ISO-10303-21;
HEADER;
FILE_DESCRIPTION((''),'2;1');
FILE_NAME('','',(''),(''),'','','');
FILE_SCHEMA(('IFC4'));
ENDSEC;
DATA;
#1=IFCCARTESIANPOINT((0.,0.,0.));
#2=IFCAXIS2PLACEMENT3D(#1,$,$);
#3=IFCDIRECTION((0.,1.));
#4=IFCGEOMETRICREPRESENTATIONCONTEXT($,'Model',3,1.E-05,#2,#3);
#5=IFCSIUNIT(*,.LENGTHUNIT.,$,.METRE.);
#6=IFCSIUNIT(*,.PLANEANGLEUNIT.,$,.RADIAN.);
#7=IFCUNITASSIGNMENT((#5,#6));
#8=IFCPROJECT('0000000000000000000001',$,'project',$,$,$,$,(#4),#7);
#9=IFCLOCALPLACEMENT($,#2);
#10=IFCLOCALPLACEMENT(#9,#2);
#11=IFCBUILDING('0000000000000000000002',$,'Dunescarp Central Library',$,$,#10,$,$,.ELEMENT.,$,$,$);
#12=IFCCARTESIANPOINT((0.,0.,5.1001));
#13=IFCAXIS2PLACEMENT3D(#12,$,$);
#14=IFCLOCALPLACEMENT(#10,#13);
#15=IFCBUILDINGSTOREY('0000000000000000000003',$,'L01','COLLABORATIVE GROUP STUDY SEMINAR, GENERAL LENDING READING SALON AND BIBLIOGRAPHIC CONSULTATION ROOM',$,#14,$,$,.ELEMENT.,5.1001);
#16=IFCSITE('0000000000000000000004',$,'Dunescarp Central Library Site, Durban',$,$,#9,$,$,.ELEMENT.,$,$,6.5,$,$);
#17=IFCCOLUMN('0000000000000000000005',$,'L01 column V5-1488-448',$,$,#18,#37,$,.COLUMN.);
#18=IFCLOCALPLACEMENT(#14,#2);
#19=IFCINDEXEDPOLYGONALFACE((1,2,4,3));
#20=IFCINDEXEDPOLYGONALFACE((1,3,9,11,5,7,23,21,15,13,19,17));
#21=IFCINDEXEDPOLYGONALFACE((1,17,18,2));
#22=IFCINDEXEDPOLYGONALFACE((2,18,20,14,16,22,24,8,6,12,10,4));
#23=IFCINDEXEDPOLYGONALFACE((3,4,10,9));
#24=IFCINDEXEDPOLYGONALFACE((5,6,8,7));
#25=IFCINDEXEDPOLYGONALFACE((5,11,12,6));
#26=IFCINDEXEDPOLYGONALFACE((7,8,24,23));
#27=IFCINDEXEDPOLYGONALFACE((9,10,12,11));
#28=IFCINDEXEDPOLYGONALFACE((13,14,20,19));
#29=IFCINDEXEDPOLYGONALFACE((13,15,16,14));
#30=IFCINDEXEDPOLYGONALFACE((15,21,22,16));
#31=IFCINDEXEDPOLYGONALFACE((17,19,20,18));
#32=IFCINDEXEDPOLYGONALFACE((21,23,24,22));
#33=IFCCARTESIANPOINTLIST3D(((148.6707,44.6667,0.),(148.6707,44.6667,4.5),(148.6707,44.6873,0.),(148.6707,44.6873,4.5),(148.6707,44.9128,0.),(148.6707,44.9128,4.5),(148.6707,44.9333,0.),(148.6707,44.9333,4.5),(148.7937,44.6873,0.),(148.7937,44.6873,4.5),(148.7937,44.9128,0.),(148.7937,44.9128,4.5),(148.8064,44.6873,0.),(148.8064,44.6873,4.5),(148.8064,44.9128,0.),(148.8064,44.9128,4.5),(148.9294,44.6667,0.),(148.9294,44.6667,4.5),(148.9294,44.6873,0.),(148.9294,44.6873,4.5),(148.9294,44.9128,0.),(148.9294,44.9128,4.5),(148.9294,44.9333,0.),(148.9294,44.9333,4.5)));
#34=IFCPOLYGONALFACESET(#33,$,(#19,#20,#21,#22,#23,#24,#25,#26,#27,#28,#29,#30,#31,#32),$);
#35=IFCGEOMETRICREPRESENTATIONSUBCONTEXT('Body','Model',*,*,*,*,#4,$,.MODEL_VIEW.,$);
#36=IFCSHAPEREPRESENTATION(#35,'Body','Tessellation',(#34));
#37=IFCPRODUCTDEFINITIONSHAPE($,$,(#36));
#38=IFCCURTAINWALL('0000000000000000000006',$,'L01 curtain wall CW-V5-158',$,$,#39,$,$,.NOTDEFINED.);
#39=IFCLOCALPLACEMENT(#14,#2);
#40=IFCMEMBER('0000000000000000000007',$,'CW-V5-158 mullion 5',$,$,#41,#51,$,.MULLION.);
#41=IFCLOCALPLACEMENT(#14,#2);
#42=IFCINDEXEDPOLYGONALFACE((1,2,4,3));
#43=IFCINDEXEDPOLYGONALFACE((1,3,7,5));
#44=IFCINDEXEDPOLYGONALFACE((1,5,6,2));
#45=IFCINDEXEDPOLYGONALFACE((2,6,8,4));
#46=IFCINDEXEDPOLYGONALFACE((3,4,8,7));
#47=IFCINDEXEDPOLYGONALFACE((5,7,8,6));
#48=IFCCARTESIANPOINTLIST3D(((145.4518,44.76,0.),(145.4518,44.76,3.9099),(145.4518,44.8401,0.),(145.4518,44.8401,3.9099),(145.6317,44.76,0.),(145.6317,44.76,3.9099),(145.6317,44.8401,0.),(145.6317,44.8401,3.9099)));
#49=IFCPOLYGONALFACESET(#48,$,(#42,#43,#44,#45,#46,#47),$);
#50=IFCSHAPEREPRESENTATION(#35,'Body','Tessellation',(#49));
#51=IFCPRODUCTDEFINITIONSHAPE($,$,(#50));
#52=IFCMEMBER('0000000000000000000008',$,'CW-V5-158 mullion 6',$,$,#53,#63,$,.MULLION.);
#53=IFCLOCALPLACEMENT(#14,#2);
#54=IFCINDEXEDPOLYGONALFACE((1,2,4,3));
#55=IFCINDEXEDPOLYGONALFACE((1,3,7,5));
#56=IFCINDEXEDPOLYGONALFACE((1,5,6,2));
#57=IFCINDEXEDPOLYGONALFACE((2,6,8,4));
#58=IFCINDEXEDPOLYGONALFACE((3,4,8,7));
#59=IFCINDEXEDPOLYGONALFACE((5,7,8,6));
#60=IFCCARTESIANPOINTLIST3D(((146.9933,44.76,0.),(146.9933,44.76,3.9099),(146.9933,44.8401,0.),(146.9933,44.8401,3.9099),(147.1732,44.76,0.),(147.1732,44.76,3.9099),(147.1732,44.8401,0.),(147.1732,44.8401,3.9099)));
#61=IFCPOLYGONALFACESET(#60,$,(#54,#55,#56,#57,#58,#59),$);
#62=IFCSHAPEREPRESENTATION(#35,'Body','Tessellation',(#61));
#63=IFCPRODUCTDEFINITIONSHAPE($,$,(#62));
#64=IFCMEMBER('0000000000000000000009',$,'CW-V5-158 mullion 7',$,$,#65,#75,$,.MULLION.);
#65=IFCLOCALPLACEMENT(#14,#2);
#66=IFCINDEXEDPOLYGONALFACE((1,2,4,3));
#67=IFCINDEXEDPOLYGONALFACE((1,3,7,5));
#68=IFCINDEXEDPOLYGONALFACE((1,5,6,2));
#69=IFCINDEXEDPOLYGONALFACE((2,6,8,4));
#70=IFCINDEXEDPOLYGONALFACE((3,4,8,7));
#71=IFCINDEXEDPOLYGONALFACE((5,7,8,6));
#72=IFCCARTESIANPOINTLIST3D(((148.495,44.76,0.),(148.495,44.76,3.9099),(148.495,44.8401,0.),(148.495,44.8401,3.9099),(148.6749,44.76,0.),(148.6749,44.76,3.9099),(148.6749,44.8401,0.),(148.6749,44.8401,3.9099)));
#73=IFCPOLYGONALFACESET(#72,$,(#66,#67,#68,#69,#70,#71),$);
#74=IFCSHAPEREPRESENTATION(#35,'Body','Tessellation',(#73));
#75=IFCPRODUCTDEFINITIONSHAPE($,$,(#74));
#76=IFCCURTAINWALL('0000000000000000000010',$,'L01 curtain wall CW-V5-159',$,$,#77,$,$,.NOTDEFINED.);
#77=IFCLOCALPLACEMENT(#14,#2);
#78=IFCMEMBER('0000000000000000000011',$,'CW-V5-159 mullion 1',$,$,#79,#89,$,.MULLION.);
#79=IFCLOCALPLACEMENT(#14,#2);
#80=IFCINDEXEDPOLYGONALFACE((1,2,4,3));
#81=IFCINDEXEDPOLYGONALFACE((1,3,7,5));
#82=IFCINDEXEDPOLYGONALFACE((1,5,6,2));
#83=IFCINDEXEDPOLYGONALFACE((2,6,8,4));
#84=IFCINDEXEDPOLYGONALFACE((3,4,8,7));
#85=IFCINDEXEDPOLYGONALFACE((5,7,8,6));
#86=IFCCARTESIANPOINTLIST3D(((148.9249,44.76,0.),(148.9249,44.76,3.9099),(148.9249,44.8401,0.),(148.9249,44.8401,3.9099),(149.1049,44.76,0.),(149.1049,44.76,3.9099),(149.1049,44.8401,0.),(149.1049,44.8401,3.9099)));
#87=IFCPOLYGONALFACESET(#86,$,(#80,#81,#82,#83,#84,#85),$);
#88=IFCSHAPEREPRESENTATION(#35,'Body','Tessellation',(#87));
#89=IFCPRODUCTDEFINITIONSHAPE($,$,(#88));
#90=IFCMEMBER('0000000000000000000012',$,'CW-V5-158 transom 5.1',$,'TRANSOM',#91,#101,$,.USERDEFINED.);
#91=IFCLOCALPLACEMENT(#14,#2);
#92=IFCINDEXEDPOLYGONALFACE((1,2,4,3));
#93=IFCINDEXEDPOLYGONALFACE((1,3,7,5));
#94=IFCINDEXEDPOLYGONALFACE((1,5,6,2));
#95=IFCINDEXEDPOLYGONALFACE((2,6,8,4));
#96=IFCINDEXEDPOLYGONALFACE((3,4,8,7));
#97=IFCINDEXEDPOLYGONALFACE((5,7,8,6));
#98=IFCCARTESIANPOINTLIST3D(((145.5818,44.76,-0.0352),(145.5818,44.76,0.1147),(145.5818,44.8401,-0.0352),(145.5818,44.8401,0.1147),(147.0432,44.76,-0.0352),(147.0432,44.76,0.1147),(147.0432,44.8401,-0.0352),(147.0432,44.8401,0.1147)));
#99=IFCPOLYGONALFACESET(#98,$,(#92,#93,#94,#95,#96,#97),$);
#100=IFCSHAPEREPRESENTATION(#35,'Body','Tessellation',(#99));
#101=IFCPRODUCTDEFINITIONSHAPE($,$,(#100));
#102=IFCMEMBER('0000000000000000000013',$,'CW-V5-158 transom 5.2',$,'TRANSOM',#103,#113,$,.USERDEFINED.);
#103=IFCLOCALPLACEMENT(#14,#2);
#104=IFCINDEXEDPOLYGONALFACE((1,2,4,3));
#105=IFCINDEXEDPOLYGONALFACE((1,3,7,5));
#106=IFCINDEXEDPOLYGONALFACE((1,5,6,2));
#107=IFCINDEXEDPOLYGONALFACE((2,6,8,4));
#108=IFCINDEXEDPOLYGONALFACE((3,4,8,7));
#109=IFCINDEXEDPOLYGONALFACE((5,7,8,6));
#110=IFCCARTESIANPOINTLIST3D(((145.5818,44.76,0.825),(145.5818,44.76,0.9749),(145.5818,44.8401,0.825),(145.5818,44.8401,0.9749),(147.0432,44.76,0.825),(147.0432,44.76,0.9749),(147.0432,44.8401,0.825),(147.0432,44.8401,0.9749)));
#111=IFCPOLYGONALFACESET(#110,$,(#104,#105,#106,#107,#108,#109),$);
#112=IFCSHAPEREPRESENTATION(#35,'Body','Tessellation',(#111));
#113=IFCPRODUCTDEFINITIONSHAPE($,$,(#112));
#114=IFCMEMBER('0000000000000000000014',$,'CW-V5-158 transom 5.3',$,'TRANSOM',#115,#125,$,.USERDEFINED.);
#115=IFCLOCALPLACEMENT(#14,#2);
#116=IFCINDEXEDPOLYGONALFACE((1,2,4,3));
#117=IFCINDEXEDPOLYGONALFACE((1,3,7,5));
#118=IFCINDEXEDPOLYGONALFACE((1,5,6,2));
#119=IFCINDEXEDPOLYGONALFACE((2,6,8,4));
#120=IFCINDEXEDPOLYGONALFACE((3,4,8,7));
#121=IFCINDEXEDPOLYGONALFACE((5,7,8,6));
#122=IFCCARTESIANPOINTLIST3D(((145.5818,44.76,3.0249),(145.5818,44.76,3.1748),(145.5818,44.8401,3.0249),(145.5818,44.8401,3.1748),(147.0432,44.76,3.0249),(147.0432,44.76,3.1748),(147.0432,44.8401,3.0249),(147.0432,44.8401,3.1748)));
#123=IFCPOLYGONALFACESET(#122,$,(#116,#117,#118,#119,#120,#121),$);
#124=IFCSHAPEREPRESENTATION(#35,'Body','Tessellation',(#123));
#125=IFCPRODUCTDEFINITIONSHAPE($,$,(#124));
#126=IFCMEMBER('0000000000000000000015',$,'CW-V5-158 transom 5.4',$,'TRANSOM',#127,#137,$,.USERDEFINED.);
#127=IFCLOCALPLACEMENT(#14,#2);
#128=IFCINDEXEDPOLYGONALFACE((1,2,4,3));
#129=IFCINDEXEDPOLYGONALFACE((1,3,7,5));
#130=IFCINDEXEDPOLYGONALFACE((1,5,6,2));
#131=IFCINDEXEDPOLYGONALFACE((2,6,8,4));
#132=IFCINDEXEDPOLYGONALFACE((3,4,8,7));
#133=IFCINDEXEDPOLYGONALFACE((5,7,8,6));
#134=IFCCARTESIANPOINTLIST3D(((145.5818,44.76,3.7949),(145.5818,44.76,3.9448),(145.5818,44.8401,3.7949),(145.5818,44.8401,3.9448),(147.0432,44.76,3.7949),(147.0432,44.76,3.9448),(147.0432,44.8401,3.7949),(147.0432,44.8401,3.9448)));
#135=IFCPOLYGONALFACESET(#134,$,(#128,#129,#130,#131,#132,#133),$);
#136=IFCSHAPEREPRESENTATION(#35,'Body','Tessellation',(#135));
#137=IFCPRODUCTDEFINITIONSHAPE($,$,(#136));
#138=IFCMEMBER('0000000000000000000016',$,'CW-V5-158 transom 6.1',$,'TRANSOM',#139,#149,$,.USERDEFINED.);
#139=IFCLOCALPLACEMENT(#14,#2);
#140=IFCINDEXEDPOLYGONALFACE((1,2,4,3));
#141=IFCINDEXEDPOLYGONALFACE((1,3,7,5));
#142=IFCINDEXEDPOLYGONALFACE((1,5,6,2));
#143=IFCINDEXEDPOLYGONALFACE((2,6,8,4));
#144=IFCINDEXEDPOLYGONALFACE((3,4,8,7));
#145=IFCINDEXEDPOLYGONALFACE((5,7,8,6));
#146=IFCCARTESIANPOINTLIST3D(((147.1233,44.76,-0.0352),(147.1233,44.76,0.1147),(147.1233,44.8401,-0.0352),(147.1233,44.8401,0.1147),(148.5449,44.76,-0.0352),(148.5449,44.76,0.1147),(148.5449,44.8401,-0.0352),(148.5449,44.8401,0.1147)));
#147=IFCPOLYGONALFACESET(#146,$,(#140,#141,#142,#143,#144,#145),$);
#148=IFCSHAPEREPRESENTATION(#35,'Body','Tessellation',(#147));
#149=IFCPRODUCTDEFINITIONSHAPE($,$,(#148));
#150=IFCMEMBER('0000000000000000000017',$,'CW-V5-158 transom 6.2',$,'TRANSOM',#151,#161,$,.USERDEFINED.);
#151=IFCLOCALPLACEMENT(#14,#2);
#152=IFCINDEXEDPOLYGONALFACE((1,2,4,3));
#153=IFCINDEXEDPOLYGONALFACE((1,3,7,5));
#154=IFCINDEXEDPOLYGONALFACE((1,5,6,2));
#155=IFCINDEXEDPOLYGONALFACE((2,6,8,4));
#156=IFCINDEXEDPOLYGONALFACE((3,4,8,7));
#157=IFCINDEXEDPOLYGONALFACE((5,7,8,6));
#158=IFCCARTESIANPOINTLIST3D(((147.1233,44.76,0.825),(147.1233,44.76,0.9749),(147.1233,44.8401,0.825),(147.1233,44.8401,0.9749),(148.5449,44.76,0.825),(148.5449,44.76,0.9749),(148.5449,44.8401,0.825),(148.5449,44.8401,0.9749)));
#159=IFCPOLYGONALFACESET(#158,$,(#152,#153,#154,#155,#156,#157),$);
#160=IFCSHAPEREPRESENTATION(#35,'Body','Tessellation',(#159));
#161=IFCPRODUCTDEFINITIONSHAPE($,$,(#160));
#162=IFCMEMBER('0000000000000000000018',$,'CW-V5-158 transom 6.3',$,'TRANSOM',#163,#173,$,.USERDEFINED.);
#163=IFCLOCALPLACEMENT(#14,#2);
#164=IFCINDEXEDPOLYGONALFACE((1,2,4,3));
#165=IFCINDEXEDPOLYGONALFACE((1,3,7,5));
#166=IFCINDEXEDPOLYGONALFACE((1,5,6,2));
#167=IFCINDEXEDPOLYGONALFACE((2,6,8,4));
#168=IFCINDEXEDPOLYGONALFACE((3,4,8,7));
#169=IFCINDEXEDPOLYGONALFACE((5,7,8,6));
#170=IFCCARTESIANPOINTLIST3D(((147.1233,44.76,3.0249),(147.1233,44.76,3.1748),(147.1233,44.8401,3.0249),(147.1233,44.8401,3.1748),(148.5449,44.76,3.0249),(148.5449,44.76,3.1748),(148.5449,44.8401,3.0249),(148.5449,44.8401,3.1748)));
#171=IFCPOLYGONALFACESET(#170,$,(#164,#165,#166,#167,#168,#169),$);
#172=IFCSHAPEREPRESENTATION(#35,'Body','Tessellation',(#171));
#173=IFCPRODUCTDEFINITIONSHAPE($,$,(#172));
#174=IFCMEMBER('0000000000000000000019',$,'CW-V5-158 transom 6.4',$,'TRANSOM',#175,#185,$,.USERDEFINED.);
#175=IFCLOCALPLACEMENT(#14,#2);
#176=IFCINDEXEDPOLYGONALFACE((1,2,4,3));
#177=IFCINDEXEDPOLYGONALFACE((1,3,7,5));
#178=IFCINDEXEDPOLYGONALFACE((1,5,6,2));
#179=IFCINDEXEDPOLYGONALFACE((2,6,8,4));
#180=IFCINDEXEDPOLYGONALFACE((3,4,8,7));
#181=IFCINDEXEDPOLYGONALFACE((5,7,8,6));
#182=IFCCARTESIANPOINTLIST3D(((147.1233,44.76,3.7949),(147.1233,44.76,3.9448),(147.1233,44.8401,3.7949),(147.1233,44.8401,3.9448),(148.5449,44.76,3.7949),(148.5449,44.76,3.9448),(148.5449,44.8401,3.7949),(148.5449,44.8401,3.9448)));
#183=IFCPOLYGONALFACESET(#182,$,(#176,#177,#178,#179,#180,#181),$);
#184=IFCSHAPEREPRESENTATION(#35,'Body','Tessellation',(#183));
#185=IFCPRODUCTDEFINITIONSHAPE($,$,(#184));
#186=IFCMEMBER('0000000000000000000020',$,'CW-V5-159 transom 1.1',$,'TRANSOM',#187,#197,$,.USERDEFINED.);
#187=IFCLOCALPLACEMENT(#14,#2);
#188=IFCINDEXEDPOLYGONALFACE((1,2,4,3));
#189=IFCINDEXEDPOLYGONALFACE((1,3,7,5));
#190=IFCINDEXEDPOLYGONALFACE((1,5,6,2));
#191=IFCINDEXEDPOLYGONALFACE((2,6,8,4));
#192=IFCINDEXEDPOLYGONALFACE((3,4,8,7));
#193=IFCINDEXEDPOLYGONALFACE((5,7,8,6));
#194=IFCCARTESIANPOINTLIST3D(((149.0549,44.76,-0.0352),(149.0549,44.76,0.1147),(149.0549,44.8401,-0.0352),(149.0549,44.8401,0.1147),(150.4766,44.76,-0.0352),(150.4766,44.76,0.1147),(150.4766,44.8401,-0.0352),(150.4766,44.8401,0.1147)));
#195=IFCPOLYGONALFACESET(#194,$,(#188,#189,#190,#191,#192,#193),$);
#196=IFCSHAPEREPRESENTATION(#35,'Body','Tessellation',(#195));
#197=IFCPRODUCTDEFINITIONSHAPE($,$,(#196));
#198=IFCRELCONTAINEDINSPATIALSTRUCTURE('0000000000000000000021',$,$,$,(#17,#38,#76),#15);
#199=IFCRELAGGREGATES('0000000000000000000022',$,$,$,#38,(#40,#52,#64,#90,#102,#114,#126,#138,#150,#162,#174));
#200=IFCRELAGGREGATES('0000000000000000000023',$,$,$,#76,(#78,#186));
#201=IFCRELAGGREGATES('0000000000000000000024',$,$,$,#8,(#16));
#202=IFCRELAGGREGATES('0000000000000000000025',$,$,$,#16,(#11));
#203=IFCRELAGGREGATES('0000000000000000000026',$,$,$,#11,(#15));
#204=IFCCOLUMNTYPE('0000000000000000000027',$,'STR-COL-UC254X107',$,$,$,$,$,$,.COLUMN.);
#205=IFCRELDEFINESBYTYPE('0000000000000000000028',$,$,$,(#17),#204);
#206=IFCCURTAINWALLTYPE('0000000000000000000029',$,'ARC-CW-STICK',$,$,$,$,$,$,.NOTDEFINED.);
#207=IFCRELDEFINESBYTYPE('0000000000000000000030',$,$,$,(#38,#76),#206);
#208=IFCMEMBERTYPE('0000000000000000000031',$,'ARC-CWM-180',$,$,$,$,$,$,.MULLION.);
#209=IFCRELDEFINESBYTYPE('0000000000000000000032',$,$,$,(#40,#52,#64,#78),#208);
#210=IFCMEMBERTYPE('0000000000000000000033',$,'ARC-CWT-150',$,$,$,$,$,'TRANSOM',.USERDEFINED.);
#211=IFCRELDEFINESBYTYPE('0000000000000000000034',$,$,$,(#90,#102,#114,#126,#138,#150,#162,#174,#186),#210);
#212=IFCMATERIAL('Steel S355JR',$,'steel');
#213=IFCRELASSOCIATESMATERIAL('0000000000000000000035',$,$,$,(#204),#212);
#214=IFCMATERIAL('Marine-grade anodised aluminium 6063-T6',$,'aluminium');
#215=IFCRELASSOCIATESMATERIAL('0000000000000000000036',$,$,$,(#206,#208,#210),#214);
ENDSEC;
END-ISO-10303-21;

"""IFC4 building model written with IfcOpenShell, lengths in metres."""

from ifc_helpers import new_model, si_unit, direction, frame, origin, origin_2d, place, context, subcontext, project, spatial, rectangle, i_section, extrude, material, material_profile, profile_set, type_object, element, aggregate, save


model = new_model("IFC4")

# Units and contexts
model_context = context("Model", 3, precision=1e-05, world=origin(), true_north=direction((0.0, 1.0)))
body_context = subcontext(model_context, "Body", "Model", "MODEL_VIEW")
ifc_project = project(units=[si_unit("LENGTHUNIT", "METRE"), si_unit("PLANEANGLEUNIT", "RADIAN")], contexts=[model_context])

# Site, building, storey
site_placement = place(None, origin())
site = spatial("IfcSite", under=ifc_project, at=site_placement, Name="Dunescarp Central Library Site, Durban", CompositionType="ELEMENT", RefElevation=6.5)
building_placement = place(site_placement, origin())
building = spatial("IfcBuilding", under=site, at=building_placement, Name="Dunescarp Central Library", CompositionType="ELEMENT")
storey_placement = place(building_placement, frame((0.0, 0.0, 5.1001)))
storey = spatial("IfcBuildingStorey", under=building, at=storey_placement, Name="L01", Description="COLLABORATIVE GROUP STUDY SEMINAR, GENERAL LENDING READING SALON AND BIBLIOGRAPHIC CONSULTATION ROOM", CompositionType="ELEMENT", Elevation=5.1001)

# Column
ifc_material_1 = material(Name="Steel S355JR", Category="steel")
ifc_material_profile_1 = material_profile(ifc_material_1, i_section(OverallWidth=0.2588, OverallDepth=0.2666, WebThickness=0.0127, FlangeThickness=0.0205, at=origin_2d()), Name="UC 254x254x107")
ifc_profile_set_1 = profile_set([ifc_material_profile_1], Name="Steel S355JR")
column_type = type_object("IfcColumnType", Name="STR-COL-UC254X107", PredefinedType="COLUMN", material=ifc_profile_set_1)
column_placement = place(storey_placement, frame((148.8, 44.8, 0.0), z_axis=(0.0, 0.0, 1.0), x_axis=(1.0, 0.0, 0.0)))
element("IfcColumn", 1, at=column_placement, inside=storey, type_object=column_type, Name="L01 column V5-1488-448", PredefinedType="COLUMN", context=body_context, shape_type="SweptSolid", body=[
    extrude(i_section(OverallWidth=0.2588, OverallDepth=0.2666, WebThickness=0.0127, FlangeThickness=0.0205, at=origin_2d()), origin(), (0.0, 0.0, 1.0), 4.5),
])

# Curtain wall, members
ifc_material_2 = material(Name="Marine-grade anodised aluminium 6063-T6", Category="aluminium")
curtain_wall_type = type_object("IfcCurtainWallType", Name="ARC-CW-STICK", PredefinedType="NOTDEFINED", material=ifc_material_2)
curtain_wall_1_placement = place(storey_placement, origin())
curtain_wall_1 = element("IfcCurtainWall", 2, at=curtain_wall_1_placement, inside=storey, type_object=curtain_wall_type, Name="L01 curtain wall CW-V5-158", PredefinedType="NOTDEFINED")
ifc_material_profile_2 = material_profile(ifc_material_2, rectangle(XDim=0.0801, YDim=0.1799, at=origin_2d()), Name="AL 80x180")
ifc_profile_set_2 = profile_set([ifc_material_profile_2], Name="Marine-grade anodised aluminium 6063-T6")
member_type_1 = type_object("IfcMemberType", Name="ARC-CWM-180", PredefinedType="MULLION", material=ifc_profile_set_2)
member_1_placement = place(storey_placement, frame((145.5417, 44.8, 0.0), z_axis=(0.0, 0.0, 1.0), x_axis=(0.0, 1.0, 0.0)))
member_1 = element("IfcMember", 3, at=member_1_placement, type_object=member_type_1, Name="CW-V5-158 mullion 5", PredefinedType="MULLION", context=body_context, shape_type="SweptSolid", body=[
    extrude(rectangle(XDim=0.0801, YDim=0.1799, at=origin_2d()), origin(), (0.0, 0.0, 1.0), 3.9099),
])
member_2_placement = place(storey_placement, frame((147.0833, 44.8, 0.0), z_axis=(0.0, 0.0, 1.0), x_axis=(0.0, 1.0, 0.0)))
member_2 = element("IfcMember", 4, at=member_2_placement, type_object=member_type_1, Name="CW-V5-158 mullion 6", PredefinedType="MULLION", context=body_context, shape_type="SweptSolid", body=[
    extrude(rectangle(XDim=0.0801, YDim=0.1799, at=origin_2d()), origin(), (0.0, 0.0, 1.0), 3.9099),
])
member_3_placement = place(storey_placement, frame((148.585, 44.8, 0.0), z_axis=(0.0, 0.0, 1.0), x_axis=(0.0, 1.0, 0.0)))
member_3 = element("IfcMember", 5, at=member_3_placement, type_object=member_type_1, Name="CW-V5-158 mullion 7", PredefinedType="MULLION", context=body_context, shape_type="SweptSolid", body=[
    extrude(rectangle(XDim=0.0801, YDim=0.1799, at=origin_2d()), origin(), (0.0, 0.0, 1.0), 3.9099),
])

# Curtain wall, member
curtain_wall_2_placement = place(storey_placement, origin())
curtain_wall_2 = element("IfcCurtainWall", 6, at=curtain_wall_2_placement, inside=storey, type_object=curtain_wall_type, Name="L01 curtain wall CW-V5-159", PredefinedType="NOTDEFINED")
member_4_placement = place(storey_placement, frame((149.0149, 44.8, 0.0), z_axis=(0.0, 0.0, 1.0), x_axis=(0.0, 1.0, 0.0)))
member_4 = element("IfcMember", 7, at=member_4_placement, type_object=member_type_1, Name="CW-V5-159 mullion 1", PredefinedType="MULLION", context=body_context, shape_type="SweptSolid", body=[
    extrude(rectangle(XDim=0.0801, YDim=0.1799, at=origin_2d()), origin(), (0.0, 0.0, 1.0), 3.9099),
])

# Members
ifc_material_profile_3 = material_profile(ifc_material_2, rectangle(XDim=0.0801, YDim=0.1499, at=origin_2d()), Name="AL 80x150")
ifc_profile_set_3 = profile_set([ifc_material_profile_3], Name="Marine-grade anodised aluminium 6063-T6")
member_type_2 = type_object("IfcMemberType", Name="ARC-CWT-150", ElementType="TRANSOM", PredefinedType="USERDEFINED", material=ifc_profile_set_3)
member_5_placement = place(storey_placement, frame((145.5818, 44.8, 0.0398), z_axis=(1.0, 0.0, 0.0), x_axis=(0.0, 1.0, 0.0)))
member_5 = element("IfcMember", 8, at=member_5_placement, type_object=member_type_2, Name="CW-V5-158 transom 5.1", ObjectType="TRANSOM", PredefinedType="USERDEFINED", context=body_context, shape_type="SweptSolid", body=[
    extrude(rectangle(XDim=0.0801, YDim=0.1499, at=origin_2d()), origin(), (0.0, 0.0, 1.0), 1.4614),
])
member_6_placement = place(storey_placement, frame((145.5818, 44.8, 0.8999), z_axis=(1.0, 0.0, 0.0), x_axis=(0.0, 1.0, 0.0)))
member_6 = element("IfcMember", 9, at=member_6_placement, type_object=member_type_2, Name="CW-V5-158 transom 5.2", ObjectType="TRANSOM", PredefinedType="USERDEFINED", context=body_context, shape_type="SweptSolid", body=[
    extrude(rectangle(XDim=0.0801, YDim=0.1499, at=origin_2d()), origin(), (0.0, 0.0, 1.0), 1.4614),
])
member_7_placement = place(storey_placement, frame((145.5818, 44.8, 3.0999), z_axis=(1.0, 0.0, 0.0), x_axis=(0.0, 1.0, 0.0)))
member_7 = element("IfcMember", 10, at=member_7_placement, type_object=member_type_2, Name="CW-V5-158 transom 5.3", ObjectType="TRANSOM", PredefinedType="USERDEFINED", context=body_context, shape_type="SweptSolid", body=[
    extrude(rectangle(XDim=0.0801, YDim=0.1499, at=origin_2d()), origin(), (0.0, 0.0, 1.0), 1.4614),
])
member_8_placement = place(storey_placement, frame((145.5818, 44.8, 3.8699), z_axis=(1.0, 0.0, 0.0), x_axis=(0.0, 1.0, 0.0)))
member_8 = element("IfcMember", 11, at=member_8_placement, type_object=member_type_2, Name="CW-V5-158 transom 5.4", ObjectType="TRANSOM", PredefinedType="USERDEFINED", context=body_context, shape_type="SweptSolid", body=[
    extrude(rectangle(XDim=0.0801, YDim=0.1499, at=origin_2d()), origin(), (0.0, 0.0, 1.0), 1.4614),
])
member_9_placement = place(storey_placement, frame((147.1233, 44.8, 0.0398), z_axis=(1.0, 0.0, 0.0), x_axis=(0.0, 1.0, 0.0)))
member_9 = element("IfcMember", 12, at=member_9_placement, type_object=member_type_2, Name="CW-V5-158 transom 6.1", ObjectType="TRANSOM", PredefinedType="USERDEFINED", context=body_context, shape_type="SweptSolid", body=[
    extrude(rectangle(XDim=0.0801, YDim=0.1499, at=origin_2d()), origin(), (0.0, 0.0, 1.0), 1.4216),
])
member_10_placement = place(storey_placement, frame((147.1233, 44.8, 0.8999), z_axis=(1.0, 0.0, 0.0), x_axis=(0.0, 1.0, 0.0)))
member_10 = element("IfcMember", 13, at=member_10_placement, type_object=member_type_2, Name="CW-V5-158 transom 6.2", ObjectType="TRANSOM", PredefinedType="USERDEFINED", context=body_context, shape_type="SweptSolid", body=[
    extrude(rectangle(XDim=0.0801, YDim=0.1499, at=origin_2d()), origin(), (0.0, 0.0, 1.0), 1.4216),
])
member_11_placement = place(storey_placement, frame((147.1233, 44.8, 3.0999), z_axis=(1.0, 0.0, 0.0), x_axis=(0.0, 1.0, 0.0)))
member_11 = element("IfcMember", 14, at=member_11_placement, type_object=member_type_2, Name="CW-V5-158 transom 6.3", ObjectType="TRANSOM", PredefinedType="USERDEFINED", context=body_context, shape_type="SweptSolid", body=[
    extrude(rectangle(XDim=0.0801, YDim=0.1499, at=origin_2d()), origin(), (0.0, 0.0, 1.0), 1.4216),
])
member_12_placement = place(storey_placement, frame((147.1233, 44.8, 3.8699), z_axis=(1.0, 0.0, 0.0), x_axis=(0.0, 1.0, 0.0)))
member_12 = element("IfcMember", 15, at=member_12_placement, type_object=member_type_2, Name="CW-V5-158 transom 6.4", ObjectType="TRANSOM", PredefinedType="USERDEFINED", context=body_context, shape_type="SweptSolid", body=[
    extrude(rectangle(XDim=0.0801, YDim=0.1499, at=origin_2d()), origin(), (0.0, 0.0, 1.0), 1.4216),
])
member_13_placement = place(storey_placement, frame((149.0549, 44.8, 0.0398), z_axis=(1.0, 0.0, 0.0), x_axis=(0.0, 1.0, 0.0)))
member_13 = element("IfcMember", 16, at=member_13_placement, type_object=member_type_2, Name="CW-V5-159 transom 1.1", ObjectType="TRANSOM", PredefinedType="USERDEFINED", context=body_context, shape_type="SweptSolid", body=[
    extrude(rectangle(XDim=0.0801, YDim=0.1499, at=origin_2d()), origin(), (0.0, 0.0, 1.0), 1.4216),
])

aggregate(curtain_wall_1, [member_1, member_2, member_3, member_5, member_6, member_7, member_8, member_9, member_10, member_11, member_12])
aggregate(curtain_wall_2, [member_4, member_13])

save(model, "model.ifc")
